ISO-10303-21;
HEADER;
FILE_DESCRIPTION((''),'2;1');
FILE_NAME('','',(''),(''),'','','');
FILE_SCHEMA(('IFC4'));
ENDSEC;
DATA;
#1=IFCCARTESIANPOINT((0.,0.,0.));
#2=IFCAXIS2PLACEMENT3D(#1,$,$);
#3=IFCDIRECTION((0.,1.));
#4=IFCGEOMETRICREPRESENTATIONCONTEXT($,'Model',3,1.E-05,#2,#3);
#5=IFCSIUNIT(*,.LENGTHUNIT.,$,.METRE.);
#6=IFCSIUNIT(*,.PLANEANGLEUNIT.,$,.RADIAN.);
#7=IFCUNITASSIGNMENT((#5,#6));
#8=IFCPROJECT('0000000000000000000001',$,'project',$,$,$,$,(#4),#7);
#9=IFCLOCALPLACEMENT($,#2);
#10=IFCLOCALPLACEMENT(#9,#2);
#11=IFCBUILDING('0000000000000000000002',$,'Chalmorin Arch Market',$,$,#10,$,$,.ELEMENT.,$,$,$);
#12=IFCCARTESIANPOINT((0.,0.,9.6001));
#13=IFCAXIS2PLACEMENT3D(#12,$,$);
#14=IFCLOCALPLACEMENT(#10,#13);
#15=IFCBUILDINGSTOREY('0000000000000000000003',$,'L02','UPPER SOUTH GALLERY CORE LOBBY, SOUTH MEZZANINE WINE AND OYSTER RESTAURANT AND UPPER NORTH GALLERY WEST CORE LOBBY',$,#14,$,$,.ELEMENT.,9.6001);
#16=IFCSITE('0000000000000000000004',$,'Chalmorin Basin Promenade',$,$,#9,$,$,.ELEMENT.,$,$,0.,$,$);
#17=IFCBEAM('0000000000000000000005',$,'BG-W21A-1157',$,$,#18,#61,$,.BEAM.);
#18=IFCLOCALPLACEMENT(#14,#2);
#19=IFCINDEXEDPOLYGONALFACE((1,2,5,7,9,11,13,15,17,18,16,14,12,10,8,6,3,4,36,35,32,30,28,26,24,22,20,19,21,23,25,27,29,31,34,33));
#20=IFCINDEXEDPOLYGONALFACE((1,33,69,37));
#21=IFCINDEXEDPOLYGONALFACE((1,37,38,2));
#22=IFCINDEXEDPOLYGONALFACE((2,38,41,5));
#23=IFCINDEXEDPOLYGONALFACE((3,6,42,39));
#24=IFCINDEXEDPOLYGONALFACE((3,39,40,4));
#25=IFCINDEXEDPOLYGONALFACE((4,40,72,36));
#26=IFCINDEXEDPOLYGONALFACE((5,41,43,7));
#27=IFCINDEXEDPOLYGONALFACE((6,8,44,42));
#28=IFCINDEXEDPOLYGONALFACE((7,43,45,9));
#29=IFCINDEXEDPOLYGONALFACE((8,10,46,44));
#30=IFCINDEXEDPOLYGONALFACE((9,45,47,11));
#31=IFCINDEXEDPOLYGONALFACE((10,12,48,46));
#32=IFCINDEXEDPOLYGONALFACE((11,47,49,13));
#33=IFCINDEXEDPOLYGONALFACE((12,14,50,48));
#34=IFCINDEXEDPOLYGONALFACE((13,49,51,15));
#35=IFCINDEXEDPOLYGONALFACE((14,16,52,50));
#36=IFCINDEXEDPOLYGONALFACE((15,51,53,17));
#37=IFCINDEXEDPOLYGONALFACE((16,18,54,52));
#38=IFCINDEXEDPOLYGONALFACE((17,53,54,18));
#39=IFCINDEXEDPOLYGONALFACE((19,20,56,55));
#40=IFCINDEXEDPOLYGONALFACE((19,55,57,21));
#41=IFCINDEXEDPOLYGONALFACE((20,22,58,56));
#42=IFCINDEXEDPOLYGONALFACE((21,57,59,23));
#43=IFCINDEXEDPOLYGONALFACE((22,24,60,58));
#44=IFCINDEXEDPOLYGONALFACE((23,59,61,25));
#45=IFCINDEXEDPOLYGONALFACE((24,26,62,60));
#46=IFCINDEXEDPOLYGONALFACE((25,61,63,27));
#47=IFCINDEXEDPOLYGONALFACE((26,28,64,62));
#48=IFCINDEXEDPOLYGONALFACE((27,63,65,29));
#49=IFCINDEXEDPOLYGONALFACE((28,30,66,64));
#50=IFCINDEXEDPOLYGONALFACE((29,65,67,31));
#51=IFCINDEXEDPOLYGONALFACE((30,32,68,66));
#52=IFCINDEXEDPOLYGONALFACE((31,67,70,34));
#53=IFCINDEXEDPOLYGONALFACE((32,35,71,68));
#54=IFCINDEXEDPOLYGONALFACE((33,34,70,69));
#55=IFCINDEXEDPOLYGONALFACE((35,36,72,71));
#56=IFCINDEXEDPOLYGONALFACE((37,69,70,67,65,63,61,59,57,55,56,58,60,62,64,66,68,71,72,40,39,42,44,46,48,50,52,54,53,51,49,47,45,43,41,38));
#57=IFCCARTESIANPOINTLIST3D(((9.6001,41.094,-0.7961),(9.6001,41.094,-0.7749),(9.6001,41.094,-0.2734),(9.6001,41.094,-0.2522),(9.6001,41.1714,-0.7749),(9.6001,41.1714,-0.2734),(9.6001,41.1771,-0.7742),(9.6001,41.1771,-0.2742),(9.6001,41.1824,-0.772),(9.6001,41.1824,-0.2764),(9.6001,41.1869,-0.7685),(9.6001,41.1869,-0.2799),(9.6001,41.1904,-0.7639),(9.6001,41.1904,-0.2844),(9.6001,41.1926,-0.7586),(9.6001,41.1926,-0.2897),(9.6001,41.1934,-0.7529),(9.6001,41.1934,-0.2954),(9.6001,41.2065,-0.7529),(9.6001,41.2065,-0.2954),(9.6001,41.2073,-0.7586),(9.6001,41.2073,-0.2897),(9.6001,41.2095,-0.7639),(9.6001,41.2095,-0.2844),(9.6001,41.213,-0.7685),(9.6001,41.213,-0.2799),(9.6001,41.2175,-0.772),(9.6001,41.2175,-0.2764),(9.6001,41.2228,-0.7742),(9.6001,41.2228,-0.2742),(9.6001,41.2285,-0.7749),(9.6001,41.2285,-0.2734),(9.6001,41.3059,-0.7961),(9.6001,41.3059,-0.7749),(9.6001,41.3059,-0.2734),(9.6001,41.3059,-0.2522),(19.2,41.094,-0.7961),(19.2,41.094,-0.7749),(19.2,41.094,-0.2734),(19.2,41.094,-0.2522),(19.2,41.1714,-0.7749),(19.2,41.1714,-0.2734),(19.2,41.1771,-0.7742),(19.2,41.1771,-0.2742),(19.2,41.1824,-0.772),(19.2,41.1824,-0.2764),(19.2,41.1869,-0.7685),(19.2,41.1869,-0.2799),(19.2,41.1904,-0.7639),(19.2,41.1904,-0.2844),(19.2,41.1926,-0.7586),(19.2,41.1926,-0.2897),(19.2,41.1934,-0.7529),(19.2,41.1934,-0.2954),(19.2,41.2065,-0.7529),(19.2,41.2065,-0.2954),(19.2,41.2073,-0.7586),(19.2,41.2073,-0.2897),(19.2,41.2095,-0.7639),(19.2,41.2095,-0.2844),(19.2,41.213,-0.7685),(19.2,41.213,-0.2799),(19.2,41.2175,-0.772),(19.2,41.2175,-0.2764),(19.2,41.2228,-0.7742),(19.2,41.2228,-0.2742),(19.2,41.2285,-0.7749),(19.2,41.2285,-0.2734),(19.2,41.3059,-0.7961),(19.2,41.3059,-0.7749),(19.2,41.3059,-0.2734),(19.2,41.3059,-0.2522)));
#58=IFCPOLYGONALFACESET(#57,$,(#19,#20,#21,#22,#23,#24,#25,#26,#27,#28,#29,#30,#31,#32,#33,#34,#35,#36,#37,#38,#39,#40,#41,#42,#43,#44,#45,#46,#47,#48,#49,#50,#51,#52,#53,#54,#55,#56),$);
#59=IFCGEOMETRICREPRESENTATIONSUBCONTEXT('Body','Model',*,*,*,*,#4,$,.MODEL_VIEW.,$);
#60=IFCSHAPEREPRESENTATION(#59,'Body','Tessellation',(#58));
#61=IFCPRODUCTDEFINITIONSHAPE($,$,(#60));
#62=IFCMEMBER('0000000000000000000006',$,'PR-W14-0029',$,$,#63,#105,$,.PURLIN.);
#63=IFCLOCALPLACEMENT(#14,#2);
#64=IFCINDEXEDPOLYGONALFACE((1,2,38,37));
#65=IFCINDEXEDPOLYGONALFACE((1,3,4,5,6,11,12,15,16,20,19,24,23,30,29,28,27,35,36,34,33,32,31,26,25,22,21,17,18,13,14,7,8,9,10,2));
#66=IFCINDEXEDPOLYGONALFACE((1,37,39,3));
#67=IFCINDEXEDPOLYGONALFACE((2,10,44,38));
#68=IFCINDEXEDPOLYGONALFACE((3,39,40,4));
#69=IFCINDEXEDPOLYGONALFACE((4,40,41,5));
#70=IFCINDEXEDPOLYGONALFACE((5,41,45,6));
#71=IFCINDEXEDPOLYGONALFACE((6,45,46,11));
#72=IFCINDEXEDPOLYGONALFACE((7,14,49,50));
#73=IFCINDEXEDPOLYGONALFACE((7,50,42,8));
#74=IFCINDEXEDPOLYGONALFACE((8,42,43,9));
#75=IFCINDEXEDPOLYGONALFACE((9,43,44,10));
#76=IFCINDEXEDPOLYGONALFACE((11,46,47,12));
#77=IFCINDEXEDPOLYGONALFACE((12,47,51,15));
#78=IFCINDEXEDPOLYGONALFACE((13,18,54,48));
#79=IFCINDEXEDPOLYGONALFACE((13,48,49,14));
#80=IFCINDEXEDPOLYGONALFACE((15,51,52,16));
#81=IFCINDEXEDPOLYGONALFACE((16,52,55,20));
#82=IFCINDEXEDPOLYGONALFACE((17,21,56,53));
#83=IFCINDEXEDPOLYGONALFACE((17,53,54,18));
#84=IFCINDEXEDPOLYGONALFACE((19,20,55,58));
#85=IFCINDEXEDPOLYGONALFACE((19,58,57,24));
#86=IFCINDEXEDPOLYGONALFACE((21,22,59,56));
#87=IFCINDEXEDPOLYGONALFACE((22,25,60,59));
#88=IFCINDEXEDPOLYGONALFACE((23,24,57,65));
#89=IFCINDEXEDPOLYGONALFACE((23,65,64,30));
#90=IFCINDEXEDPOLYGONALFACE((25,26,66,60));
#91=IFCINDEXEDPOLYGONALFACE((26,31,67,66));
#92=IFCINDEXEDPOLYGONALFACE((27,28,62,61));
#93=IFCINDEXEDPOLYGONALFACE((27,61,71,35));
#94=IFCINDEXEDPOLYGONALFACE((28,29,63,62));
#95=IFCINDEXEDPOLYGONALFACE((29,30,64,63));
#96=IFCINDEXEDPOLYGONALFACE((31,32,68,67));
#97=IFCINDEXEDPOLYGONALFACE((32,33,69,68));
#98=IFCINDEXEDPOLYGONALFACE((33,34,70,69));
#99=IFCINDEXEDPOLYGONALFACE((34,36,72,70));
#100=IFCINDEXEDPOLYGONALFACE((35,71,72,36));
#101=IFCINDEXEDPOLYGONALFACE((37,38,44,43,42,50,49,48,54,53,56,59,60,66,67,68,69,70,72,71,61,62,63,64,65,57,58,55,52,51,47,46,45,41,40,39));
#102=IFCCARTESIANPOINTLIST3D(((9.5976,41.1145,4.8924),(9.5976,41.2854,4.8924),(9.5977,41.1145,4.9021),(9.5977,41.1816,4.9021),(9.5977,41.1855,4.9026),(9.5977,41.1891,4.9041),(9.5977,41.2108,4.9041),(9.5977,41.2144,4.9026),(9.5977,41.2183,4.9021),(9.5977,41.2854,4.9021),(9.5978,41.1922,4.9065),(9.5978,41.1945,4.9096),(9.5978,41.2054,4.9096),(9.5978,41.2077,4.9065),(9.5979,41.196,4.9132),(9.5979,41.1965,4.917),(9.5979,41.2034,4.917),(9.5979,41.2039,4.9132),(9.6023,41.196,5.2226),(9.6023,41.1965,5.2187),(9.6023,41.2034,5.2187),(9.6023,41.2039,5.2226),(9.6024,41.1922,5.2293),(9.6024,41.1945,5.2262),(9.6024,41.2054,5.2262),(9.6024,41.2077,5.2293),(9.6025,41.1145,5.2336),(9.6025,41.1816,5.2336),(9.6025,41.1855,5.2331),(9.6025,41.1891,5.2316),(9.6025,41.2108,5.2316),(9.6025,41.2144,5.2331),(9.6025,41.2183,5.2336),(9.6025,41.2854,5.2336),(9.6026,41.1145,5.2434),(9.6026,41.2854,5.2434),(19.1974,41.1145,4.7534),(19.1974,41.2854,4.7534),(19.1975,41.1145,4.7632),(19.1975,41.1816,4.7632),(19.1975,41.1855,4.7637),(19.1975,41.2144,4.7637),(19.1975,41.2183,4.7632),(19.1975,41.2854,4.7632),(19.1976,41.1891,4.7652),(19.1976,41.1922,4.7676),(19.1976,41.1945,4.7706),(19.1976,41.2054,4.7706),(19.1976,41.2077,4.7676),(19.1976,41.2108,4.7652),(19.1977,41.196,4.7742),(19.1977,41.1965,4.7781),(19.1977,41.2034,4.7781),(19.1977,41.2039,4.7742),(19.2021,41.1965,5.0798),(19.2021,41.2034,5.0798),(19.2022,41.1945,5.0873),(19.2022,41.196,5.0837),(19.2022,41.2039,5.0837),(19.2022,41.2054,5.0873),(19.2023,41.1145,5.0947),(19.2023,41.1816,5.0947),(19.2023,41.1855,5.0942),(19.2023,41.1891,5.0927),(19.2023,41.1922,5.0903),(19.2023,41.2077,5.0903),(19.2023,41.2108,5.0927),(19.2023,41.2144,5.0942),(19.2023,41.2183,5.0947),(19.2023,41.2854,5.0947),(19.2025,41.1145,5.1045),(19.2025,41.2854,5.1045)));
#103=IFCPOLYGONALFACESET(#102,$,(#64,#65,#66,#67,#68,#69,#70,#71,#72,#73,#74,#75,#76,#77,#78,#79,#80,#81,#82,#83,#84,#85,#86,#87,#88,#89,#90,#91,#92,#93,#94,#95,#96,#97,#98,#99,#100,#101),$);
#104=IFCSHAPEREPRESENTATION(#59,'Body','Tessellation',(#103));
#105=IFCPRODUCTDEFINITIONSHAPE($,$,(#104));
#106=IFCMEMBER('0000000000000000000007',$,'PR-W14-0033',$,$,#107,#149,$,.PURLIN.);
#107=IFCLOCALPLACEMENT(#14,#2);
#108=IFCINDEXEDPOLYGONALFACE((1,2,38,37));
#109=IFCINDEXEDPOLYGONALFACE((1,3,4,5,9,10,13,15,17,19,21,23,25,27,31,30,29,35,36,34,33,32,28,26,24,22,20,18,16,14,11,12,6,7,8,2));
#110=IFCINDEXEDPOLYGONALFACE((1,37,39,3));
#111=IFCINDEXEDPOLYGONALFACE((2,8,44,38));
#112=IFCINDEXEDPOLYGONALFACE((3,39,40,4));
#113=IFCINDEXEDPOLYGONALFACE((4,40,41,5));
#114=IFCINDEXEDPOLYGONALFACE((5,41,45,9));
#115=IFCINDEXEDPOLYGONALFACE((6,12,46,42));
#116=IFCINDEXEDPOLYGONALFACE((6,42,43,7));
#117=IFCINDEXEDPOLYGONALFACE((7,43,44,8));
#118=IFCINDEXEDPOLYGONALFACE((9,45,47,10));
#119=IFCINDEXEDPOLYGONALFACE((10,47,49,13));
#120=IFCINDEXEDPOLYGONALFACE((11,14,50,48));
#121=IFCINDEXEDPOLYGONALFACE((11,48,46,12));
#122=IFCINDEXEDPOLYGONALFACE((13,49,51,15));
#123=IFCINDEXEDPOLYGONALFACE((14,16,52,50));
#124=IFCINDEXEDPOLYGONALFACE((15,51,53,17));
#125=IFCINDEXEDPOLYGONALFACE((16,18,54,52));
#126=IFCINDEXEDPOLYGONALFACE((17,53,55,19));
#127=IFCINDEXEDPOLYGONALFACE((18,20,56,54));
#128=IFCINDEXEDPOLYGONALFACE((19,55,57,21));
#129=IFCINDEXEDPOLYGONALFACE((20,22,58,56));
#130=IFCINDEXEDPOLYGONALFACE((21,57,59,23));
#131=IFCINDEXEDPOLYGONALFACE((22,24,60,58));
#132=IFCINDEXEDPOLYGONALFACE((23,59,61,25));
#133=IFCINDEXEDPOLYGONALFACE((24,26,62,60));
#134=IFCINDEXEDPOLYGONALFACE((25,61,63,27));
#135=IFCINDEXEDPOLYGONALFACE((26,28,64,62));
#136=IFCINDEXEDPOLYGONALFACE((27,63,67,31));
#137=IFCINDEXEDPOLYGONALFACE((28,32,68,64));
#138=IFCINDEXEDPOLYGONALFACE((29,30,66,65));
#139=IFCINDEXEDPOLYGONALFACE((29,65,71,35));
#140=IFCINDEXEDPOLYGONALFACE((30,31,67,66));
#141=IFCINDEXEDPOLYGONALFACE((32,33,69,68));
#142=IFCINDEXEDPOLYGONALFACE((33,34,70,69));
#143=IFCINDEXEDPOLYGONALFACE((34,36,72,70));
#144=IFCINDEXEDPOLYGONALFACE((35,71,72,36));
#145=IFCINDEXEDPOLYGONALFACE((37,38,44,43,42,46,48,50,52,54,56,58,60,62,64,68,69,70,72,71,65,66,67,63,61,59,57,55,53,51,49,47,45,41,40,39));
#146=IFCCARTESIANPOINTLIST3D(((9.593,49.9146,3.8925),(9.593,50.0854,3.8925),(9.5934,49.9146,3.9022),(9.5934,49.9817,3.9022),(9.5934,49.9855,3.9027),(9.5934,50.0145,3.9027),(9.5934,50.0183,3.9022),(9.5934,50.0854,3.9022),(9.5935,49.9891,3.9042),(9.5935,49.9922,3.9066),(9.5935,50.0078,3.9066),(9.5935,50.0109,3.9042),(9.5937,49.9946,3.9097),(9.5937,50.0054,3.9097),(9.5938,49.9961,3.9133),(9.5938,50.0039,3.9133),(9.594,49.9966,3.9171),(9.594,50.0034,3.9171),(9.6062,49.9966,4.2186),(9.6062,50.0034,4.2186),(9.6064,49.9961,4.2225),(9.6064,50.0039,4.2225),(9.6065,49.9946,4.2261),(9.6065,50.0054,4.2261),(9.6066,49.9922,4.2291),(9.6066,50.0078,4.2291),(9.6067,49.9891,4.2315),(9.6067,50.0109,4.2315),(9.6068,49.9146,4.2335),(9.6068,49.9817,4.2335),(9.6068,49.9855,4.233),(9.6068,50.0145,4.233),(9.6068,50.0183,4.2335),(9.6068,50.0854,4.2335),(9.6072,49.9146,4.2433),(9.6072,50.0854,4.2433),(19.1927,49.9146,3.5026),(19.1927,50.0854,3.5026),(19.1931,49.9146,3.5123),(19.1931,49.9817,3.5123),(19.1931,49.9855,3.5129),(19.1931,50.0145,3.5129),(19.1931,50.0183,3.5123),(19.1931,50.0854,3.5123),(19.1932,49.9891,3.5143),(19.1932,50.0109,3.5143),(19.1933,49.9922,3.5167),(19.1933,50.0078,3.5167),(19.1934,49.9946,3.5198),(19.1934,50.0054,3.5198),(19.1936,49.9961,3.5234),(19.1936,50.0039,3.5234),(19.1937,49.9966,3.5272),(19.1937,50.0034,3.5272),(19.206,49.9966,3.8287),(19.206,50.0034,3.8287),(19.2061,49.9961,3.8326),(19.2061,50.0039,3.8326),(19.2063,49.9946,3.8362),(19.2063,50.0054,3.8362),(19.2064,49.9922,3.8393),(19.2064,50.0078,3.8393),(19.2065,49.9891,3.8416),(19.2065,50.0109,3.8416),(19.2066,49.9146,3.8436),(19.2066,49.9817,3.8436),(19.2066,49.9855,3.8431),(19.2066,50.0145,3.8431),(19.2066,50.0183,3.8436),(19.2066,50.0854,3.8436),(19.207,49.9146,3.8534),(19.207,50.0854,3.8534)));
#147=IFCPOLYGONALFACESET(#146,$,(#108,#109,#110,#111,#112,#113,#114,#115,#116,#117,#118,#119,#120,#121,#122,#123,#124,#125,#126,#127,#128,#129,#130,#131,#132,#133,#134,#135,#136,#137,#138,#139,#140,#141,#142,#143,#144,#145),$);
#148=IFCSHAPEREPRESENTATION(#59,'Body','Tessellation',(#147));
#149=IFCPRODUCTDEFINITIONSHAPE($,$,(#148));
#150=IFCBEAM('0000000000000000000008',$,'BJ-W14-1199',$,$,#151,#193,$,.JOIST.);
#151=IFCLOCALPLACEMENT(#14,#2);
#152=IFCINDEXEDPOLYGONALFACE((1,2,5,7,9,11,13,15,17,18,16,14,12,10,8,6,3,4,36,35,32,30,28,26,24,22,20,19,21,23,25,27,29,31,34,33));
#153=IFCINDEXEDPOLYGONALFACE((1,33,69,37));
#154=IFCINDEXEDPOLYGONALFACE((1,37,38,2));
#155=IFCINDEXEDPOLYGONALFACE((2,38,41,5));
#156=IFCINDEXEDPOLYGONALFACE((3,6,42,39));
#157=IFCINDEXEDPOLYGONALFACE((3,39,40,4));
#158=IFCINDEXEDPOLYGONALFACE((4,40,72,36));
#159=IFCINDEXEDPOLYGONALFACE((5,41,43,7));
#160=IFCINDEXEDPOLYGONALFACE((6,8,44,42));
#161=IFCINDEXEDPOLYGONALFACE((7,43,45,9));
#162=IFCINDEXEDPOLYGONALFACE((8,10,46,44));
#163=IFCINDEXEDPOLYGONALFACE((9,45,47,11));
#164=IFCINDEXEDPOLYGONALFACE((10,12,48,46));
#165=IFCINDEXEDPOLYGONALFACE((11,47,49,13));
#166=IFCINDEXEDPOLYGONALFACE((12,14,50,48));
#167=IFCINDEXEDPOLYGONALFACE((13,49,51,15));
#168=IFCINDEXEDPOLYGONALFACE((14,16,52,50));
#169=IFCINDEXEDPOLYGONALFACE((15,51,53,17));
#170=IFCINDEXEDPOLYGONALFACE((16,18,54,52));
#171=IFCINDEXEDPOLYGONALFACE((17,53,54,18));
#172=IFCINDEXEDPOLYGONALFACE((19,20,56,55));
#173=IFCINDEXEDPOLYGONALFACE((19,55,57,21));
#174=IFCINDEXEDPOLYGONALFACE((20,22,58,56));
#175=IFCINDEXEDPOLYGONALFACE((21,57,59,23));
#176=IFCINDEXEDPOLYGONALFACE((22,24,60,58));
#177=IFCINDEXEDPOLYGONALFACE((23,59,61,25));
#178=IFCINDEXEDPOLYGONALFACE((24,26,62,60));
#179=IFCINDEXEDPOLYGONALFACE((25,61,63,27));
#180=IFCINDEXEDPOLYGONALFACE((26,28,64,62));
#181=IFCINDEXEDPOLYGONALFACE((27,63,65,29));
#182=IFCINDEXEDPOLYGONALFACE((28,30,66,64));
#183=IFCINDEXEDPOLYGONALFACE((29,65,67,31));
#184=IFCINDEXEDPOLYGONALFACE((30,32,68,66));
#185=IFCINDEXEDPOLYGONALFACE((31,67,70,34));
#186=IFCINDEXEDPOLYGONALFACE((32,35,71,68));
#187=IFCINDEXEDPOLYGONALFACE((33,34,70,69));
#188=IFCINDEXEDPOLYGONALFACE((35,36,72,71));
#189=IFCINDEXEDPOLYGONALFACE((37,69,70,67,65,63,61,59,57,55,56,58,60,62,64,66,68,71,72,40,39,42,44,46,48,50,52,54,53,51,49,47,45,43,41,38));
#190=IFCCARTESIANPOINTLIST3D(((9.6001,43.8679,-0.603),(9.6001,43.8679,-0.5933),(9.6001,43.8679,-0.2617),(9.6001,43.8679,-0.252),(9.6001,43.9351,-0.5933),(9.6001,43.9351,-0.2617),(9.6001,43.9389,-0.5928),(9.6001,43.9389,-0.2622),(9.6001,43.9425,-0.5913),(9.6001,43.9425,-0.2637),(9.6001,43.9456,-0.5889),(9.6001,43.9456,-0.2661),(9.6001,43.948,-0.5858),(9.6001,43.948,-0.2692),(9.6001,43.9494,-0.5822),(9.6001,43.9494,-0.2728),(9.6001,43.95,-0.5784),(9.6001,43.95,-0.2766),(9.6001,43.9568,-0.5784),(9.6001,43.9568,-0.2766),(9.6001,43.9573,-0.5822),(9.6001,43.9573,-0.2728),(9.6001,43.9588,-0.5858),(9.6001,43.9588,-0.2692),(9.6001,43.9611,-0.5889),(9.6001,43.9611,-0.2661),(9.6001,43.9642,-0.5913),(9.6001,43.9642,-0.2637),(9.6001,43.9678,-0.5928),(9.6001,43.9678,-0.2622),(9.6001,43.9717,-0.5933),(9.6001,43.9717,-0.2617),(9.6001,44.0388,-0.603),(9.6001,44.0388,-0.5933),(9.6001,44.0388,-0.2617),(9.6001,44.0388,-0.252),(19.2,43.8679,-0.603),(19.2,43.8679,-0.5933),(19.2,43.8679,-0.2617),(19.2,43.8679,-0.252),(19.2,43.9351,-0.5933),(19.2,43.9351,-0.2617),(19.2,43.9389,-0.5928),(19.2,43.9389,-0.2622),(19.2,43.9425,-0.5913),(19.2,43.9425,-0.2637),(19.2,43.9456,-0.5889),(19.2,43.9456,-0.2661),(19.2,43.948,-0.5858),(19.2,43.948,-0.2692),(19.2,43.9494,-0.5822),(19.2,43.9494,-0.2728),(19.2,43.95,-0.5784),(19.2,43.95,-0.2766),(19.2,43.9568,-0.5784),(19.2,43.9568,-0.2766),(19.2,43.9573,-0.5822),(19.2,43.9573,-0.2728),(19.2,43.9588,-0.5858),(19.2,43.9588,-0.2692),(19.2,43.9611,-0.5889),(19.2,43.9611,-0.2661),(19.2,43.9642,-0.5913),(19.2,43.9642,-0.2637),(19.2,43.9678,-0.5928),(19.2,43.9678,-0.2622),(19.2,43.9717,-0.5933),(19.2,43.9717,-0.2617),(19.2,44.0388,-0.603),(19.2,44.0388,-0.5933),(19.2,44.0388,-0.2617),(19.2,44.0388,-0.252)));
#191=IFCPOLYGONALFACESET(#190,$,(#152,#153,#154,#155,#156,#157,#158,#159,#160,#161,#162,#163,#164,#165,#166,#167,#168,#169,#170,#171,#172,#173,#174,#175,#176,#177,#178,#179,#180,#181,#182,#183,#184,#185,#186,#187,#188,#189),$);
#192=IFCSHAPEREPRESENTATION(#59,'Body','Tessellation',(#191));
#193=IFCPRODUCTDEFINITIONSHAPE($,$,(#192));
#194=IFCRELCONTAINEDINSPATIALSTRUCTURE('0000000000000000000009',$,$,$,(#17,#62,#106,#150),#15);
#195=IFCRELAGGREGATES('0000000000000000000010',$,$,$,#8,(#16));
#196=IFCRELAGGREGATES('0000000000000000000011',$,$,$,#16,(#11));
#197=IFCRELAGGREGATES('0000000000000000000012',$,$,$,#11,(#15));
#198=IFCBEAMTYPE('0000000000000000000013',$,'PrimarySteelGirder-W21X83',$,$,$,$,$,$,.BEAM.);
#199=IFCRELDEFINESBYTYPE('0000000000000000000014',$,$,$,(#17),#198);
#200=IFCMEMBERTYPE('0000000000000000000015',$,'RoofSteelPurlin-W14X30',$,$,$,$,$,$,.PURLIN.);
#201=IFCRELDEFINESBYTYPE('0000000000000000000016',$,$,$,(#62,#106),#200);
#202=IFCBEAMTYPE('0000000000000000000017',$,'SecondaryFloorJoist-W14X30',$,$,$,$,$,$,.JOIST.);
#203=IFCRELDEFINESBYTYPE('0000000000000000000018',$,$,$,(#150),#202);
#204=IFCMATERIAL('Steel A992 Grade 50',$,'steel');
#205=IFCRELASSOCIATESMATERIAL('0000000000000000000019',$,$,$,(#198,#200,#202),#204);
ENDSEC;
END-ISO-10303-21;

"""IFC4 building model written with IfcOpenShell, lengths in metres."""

from ifc_helpers import new_model, si_unit, direction, frame, origin, origin_2d, place, context, subcontext, project, spatial, i_section, extrude, material, material_profile, profile_set, type_object, element, save


model = new_model("IFC4")

# Units and contexts
model_context = context("Model", 3, precision=1e-05, world=origin(), true_north=direction((0.0, 1.0)))
body_context = subcontext(model_context, "Body", "Model", "MODEL_VIEW")
ifc_project = project(units=[si_unit("LENGTHUNIT", "METRE"), si_unit("PLANEANGLEUNIT", "RADIAN")], contexts=[model_context])

# Site, building, storey
site_placement = place(None, origin())
site = spatial("IfcSite", under=ifc_project, at=site_placement, Name="Chalmorin Basin Promenade", CompositionType="ELEMENT", RefElevation=0.0)
building_placement = place(site_placement, origin())
building = spatial("IfcBuilding", under=site, at=building_placement, Name="Chalmorin Arch Market", CompositionType="ELEMENT")
storey_placement = place(building_placement, frame((0.0, 0.0, 9.6001)))
storey = spatial("IfcBuildingStorey", under=building, at=storey_placement, Name="L02", Description="UPPER SOUTH GALLERY CORE LOBBY, SOUTH MEZZANINE WINE AND OYSTER RESTAURANT AND UPPER NORTH GALLERY WEST CORE LOBBY", CompositionType="ELEMENT", Elevation=9.6001)

# Shared definitions
ifc_material_1 = material(Name="Steel A992 Grade 50", Category="steel")

# Beam
ifc_material_profile_1 = material_profile(ifc_material_1, i_section(OverallWidth=0.2119, OverallDepth=0.5439, WebThickness=0.0132, FlangeThickness=0.0212, FilletRadius=0.022, at=origin_2d()), Name="W21X83")
ifc_profile_set_1 = profile_set([ifc_material_profile_1], Name="Steel A992 Grade 50")
beam_type_1 = type_object("IfcBeamType", Name="PrimarySteelGirder-W21X83", PredefinedType="BEAM", material=ifc_profile_set_1)
beam_1_placement = place(storey_placement, frame((9.6001, 41.2, -0.5242), z_axis=(1.0, 0.0, 0.0), x_axis=(0.0, 1.0, 0.0)))
element("IfcBeam", 1, at=beam_1_placement, inside=storey, type_object=beam_type_1, Name="BG-W21A-1157", PredefinedType="BEAM", context=body_context, shape_type="SweptSolid", body=[
    extrude(i_section(OverallWidth=0.2119, OverallDepth=0.5439, WebThickness=0.0132, FlangeThickness=0.0212, FilletRadius=0.022, at=origin_2d()), origin(), (0.0, 0.0, 1.0), 9.5999),
])

# Members
ifc_material_profile_2 = material_profile(ifc_material_1, i_section(OverallWidth=0.1709, OverallDepth=0.3511, WebThickness=0.0068, FlangeThickness=0.0098, FilletRadius=0.0149, at=origin_2d()), Name="W14X30")
ifc_profile_set_2 = profile_set([ifc_material_profile_2], Name="Steel A992 Grade 50")
member_type_1 = type_object("IfcMemberType", Name="RoofSteelPurlin-W14X30", PredefinedType="PURLIN", material=ifc_profile_set_2)
member_1_placement = place(storey_placement, frame((9.6001, 41.2, 5.0679), z_axis=(0.999895, 0.0, -0.014469), x_axis=(0.0, 1.0, 0.0)))
element("IfcMember", 2, at=member_1_placement, inside=storey, type_object=member_type_1, Name="PR-W14-0029", PredefinedType="PURLIN", context=body_context, shape_type="SweptSolid", body=[
    extrude(i_section(OverallWidth=0.1709, OverallDepth=0.3511, WebThickness=0.0068, FlangeThickness=0.0098, FilletRadius=0.0149, at=origin_2d()), origin(), (0.0, 0.0, 1.0), 9.6008),
])
member_2_placement = place(storey_placement, frame((9.6001, 50.0, 4.0679), z_axis=(0.999176, 0.0, -0.040581), x_axis=(0.0, 1.0, 0.0)))
element("IfcMember", 3, at=member_2_placement, inside=storey, type_object=member_type_1, Name="PR-W14-0033", PredefinedType="PURLIN", context=body_context, shape_type="SweptSolid", body=[
    extrude(i_section(OverallWidth=0.1709, OverallDepth=0.3511, WebThickness=0.0068, FlangeThickness=0.0098, FilletRadius=0.0149, at=origin_2d()), origin(), (0.0, 0.0, 1.0), 9.6077),
])

# Beam
ifc_material_profile_3 = material_profile(ifc_material_1, i_section(OverallWidth=0.1709, OverallDepth=0.3511, WebThickness=0.0068, FlangeThickness=0.0098, FilletRadius=0.0149, at=origin_2d()), Name="W14X30")
ifc_profile_set_3 = profile_set([ifc_material_profile_3], Name="Steel A992 Grade 50")
beam_type_2 = type_object("IfcBeamType", Name="SecondaryFloorJoist-W14X30", PredefinedType="JOIST", material=ifc_profile_set_3)
for number, where, z_axis, x_axis, name in (
    (4, (9.6001, 43.9534, -0.4275), (1.0, 0.0, 0.0), (0.0, 1.0, 0.0), "BJ-W14-1199"),
):
    element("IfcBeam", number, at=place(storey_placement, frame(where, z_axis=z_axis, x_axis=x_axis)), inside=storey, type_object=beam_type_2, Name=name, PredefinedType="JOIST", context=body_context, shape_type="SweptSolid", body=[
        extrude(i_section(OverallWidth=0.1709, OverallDepth=0.3511, WebThickness=0.0068, FlangeThickness=0.0098, FilletRadius=0.0149, at=origin_2d()), origin(), (0.0, 0.0, 1.0), 9.5999),
    ])

save(model, "model.ifc")
